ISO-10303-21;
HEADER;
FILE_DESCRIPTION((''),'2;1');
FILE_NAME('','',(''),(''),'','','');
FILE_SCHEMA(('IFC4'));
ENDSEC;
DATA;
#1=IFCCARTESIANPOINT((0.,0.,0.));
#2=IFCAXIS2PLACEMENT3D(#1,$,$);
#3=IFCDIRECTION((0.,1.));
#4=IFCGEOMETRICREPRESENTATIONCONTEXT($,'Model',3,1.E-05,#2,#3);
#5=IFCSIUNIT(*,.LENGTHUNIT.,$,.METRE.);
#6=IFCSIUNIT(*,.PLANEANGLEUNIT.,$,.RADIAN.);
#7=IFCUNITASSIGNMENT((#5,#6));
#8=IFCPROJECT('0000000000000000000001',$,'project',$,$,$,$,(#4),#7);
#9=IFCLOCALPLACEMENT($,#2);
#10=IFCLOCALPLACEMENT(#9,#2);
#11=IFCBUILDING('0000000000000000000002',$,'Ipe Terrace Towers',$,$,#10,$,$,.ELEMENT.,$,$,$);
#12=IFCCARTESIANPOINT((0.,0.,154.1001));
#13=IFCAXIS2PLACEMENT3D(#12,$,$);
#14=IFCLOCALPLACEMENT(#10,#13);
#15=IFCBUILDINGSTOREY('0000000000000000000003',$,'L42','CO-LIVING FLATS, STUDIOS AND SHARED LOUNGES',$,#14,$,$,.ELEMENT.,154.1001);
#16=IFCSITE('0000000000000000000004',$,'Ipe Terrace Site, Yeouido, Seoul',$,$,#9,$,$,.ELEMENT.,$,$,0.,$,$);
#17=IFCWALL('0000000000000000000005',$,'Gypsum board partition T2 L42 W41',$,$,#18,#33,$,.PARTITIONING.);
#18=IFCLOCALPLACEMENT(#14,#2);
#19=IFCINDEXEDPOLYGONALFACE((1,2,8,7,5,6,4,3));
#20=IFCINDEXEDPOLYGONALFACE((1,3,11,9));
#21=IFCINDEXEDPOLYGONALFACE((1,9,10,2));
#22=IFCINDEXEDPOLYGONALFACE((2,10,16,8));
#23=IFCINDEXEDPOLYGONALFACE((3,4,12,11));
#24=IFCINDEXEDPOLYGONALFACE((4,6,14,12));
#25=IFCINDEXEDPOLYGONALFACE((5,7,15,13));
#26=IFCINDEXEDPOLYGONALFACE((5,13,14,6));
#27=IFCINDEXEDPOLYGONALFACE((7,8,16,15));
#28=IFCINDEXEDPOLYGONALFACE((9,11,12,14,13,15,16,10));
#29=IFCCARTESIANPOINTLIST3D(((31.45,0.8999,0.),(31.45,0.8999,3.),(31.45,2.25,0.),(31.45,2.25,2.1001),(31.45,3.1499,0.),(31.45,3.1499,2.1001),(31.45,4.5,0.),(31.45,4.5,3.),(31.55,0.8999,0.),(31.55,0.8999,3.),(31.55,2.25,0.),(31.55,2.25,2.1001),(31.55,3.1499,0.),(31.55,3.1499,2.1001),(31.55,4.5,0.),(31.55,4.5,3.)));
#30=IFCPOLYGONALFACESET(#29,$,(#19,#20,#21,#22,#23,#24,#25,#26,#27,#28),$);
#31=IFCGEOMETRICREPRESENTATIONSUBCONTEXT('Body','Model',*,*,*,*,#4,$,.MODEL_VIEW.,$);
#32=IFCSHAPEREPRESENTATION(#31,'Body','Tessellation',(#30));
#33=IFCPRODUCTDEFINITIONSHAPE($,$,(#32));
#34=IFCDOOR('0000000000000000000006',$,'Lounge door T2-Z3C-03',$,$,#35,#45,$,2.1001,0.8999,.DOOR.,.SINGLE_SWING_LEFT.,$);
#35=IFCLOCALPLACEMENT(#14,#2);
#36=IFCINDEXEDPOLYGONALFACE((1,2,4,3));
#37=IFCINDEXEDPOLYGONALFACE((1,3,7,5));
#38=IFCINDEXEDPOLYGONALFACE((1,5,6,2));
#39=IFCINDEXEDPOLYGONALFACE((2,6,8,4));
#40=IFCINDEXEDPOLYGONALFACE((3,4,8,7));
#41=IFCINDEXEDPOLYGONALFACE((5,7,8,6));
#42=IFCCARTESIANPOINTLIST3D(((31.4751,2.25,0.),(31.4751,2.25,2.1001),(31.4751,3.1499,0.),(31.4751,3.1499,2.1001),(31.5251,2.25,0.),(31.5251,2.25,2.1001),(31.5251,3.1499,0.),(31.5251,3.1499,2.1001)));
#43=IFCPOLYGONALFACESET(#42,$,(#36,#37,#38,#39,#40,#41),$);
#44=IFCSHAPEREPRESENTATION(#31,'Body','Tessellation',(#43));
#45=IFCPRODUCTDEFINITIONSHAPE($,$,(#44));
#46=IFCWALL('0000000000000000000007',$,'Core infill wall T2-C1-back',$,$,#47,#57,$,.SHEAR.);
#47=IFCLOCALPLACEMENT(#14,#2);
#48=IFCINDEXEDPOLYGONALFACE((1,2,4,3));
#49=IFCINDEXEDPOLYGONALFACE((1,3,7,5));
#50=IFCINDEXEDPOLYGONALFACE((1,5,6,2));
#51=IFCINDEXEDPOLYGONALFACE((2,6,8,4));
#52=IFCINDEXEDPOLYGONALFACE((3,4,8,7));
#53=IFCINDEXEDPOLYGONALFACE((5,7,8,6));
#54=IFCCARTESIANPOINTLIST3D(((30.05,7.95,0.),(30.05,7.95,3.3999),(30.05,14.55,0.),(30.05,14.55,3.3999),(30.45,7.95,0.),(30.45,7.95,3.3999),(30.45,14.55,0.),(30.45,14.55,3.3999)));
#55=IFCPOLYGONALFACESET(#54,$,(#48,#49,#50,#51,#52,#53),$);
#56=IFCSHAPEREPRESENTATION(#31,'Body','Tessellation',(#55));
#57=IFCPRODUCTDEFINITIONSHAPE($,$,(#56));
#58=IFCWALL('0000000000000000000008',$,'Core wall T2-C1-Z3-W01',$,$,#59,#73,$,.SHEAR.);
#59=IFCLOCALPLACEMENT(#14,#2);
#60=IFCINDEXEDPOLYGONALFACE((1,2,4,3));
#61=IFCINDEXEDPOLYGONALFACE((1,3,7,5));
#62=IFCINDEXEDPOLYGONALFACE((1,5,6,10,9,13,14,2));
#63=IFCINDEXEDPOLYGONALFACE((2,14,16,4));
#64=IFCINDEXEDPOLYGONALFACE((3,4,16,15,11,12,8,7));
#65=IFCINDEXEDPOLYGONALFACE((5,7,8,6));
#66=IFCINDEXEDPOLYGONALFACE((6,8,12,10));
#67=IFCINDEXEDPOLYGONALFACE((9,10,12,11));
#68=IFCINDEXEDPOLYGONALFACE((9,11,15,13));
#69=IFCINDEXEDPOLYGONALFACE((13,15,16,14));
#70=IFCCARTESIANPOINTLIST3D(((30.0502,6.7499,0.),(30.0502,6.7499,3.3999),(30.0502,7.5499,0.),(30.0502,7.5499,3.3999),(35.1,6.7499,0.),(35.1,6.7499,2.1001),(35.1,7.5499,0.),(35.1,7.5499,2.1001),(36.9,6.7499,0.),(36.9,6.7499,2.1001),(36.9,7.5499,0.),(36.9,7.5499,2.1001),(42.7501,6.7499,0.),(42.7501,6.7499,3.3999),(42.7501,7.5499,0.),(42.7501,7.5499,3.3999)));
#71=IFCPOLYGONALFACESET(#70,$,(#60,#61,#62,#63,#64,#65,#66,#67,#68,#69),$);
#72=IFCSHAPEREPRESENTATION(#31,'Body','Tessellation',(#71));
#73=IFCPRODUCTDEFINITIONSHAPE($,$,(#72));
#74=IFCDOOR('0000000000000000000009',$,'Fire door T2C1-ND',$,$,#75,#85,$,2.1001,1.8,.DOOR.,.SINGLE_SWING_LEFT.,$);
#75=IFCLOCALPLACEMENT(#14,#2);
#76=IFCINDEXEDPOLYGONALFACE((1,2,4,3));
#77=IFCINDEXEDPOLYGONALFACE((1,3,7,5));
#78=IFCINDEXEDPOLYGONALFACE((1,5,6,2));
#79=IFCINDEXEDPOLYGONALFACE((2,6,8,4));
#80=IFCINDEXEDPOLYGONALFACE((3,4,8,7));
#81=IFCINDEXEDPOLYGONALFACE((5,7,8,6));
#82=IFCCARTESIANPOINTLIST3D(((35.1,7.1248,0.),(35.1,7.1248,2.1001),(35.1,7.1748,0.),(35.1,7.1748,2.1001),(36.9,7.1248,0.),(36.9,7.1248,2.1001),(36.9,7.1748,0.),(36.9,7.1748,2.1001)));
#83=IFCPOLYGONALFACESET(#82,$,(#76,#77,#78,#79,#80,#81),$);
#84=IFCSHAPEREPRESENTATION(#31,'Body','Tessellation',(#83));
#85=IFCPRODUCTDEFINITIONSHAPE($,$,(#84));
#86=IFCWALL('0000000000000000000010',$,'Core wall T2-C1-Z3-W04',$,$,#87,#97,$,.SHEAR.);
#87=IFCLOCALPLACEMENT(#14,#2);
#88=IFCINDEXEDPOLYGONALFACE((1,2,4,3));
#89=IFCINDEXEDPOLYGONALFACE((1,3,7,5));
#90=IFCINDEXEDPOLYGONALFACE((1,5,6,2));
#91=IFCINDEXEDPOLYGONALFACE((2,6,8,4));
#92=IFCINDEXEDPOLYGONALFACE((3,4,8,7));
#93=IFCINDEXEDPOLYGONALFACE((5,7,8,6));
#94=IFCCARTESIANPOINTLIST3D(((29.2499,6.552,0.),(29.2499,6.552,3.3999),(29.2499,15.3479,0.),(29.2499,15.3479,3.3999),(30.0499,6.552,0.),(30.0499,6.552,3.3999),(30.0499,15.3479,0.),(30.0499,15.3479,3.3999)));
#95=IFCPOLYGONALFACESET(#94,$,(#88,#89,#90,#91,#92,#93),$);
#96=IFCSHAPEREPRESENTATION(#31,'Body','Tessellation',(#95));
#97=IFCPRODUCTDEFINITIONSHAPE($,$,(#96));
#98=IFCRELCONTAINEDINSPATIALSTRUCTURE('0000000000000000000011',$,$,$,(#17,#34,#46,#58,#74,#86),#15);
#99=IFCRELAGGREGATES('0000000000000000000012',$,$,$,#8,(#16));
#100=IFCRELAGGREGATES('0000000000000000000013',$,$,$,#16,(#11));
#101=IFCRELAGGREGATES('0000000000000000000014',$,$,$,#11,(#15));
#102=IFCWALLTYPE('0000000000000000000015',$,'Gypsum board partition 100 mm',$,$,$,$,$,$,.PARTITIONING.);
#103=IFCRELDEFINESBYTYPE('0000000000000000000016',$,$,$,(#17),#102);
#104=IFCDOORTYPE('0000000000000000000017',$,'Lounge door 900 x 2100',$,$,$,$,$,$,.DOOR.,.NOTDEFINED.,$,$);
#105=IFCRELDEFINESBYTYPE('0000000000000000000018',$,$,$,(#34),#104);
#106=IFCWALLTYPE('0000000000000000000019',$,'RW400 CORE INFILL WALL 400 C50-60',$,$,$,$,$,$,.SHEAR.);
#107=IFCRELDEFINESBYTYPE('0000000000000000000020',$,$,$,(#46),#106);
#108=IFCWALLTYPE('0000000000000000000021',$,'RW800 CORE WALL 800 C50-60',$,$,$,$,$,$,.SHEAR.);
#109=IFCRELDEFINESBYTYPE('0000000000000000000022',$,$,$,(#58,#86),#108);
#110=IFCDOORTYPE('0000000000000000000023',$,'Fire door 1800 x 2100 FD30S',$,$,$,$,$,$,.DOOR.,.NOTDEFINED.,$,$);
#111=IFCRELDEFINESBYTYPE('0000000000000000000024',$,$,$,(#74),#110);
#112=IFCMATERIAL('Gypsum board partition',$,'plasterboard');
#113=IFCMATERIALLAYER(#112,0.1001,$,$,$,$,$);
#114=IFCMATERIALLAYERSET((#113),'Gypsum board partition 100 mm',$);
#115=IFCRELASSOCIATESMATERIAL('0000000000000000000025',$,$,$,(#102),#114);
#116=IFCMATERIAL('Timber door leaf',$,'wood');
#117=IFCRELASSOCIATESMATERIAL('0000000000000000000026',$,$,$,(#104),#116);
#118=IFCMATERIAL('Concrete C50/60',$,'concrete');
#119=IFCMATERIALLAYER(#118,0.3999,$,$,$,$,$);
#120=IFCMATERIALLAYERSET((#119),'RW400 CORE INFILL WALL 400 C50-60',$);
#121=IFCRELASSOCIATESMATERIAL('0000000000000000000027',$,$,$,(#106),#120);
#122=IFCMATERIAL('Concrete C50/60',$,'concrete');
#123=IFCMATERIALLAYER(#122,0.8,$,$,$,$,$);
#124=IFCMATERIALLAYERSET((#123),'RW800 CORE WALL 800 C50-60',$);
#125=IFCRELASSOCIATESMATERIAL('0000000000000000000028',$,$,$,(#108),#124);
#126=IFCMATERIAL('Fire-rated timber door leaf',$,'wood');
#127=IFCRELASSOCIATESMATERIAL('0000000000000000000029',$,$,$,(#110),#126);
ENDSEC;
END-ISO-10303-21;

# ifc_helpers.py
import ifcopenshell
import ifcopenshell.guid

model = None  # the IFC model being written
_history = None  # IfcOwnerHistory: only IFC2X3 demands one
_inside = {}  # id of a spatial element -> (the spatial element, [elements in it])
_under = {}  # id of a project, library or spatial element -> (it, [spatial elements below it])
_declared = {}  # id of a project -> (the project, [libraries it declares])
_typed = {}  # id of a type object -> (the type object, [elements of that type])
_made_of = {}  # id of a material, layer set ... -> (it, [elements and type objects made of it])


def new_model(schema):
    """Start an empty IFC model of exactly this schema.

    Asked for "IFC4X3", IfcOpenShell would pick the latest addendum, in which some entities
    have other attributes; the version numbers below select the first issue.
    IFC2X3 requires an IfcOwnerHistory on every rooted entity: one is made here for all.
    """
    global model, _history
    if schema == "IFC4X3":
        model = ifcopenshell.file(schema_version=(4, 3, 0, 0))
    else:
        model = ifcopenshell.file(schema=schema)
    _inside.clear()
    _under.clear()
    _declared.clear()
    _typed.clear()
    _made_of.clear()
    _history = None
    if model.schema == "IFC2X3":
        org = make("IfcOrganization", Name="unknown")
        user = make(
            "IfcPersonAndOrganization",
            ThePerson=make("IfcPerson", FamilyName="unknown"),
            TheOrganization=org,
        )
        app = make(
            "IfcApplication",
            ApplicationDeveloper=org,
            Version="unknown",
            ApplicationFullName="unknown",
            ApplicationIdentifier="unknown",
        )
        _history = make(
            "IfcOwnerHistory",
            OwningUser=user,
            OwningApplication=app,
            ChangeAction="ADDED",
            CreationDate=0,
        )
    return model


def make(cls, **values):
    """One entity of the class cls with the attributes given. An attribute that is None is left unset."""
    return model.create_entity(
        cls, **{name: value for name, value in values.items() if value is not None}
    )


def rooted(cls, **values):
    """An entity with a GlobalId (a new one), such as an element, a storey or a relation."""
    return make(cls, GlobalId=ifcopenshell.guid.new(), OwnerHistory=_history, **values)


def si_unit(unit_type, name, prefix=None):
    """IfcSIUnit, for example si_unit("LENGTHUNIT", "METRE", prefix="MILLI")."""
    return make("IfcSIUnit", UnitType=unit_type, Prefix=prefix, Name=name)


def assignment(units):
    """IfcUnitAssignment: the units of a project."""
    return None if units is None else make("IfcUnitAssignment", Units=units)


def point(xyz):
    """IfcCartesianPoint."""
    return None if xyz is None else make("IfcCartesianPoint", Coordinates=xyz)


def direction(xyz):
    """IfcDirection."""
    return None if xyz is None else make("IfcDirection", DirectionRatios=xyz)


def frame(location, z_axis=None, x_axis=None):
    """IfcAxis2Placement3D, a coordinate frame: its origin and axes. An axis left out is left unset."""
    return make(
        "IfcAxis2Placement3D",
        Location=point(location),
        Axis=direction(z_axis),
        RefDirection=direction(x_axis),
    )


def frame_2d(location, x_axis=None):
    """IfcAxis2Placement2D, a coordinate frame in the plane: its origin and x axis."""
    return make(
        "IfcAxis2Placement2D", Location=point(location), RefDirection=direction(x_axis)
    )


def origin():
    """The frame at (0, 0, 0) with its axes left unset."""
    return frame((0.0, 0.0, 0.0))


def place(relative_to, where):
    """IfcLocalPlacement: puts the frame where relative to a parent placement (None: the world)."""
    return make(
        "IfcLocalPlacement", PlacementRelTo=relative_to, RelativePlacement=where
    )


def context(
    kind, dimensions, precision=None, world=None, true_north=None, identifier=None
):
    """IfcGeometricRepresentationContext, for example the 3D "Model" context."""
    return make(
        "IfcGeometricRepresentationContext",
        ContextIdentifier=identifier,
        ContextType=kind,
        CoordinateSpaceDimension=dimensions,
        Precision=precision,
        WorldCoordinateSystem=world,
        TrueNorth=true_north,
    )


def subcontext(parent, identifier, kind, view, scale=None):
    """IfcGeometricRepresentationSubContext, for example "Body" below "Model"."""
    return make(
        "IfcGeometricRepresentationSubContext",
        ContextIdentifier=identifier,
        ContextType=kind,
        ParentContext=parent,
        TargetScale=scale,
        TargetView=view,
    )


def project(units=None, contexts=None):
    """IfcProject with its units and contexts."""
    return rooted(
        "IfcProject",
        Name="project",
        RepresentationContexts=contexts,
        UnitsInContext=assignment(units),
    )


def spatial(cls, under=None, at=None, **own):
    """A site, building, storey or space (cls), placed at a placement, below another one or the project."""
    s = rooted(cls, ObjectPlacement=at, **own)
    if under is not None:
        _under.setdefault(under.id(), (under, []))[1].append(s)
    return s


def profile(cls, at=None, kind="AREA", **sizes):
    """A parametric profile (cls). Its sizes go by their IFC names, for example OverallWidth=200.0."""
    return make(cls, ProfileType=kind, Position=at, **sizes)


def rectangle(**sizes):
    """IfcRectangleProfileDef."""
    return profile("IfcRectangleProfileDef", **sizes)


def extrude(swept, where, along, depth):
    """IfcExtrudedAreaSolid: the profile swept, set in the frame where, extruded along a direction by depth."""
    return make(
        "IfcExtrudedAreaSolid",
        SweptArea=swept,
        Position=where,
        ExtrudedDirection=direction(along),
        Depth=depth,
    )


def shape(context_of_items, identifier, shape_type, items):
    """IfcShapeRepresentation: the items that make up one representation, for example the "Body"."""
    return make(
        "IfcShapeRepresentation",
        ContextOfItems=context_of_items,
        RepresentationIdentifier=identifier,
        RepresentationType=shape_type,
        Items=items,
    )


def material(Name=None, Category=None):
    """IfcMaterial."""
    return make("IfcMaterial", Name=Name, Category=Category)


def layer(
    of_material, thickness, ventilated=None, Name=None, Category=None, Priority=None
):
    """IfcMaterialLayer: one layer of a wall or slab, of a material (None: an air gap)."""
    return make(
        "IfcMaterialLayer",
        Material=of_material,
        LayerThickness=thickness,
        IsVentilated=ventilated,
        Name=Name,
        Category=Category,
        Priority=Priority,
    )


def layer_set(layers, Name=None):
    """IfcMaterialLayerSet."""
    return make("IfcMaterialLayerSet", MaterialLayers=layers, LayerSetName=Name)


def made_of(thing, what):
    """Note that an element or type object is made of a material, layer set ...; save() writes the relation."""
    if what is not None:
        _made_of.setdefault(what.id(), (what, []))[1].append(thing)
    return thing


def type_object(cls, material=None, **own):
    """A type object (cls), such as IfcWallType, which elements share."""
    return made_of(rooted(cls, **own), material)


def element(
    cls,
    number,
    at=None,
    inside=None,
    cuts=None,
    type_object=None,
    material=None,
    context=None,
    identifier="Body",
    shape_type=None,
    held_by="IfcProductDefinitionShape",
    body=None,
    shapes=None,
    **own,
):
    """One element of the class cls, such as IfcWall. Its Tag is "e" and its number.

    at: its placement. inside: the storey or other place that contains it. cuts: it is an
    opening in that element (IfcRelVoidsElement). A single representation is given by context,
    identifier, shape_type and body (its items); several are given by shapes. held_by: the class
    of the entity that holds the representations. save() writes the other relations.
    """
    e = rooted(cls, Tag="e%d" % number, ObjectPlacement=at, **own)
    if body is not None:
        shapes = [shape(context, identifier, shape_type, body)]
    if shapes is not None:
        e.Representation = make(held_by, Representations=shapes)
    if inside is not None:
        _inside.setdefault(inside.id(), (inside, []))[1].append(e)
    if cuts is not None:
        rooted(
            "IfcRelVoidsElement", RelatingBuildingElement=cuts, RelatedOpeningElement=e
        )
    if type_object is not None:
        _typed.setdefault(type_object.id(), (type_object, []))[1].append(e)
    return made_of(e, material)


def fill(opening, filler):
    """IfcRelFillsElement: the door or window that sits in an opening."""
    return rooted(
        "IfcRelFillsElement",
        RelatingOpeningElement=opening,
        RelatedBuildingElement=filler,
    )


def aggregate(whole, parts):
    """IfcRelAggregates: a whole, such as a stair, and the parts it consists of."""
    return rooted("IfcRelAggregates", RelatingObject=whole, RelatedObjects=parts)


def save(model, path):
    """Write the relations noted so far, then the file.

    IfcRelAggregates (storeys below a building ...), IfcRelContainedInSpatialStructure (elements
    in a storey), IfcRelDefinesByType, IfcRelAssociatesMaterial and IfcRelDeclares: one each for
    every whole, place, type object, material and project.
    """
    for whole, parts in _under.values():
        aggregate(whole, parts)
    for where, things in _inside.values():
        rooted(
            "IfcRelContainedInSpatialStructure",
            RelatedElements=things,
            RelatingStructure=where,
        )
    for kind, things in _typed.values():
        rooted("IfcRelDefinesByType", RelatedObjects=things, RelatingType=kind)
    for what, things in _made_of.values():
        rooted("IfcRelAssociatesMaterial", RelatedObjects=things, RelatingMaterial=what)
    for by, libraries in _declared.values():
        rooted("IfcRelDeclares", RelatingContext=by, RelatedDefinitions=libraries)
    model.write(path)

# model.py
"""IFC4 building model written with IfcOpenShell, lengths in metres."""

from ifc_helpers import new_model, si_unit, direction, frame, frame_2d, origin, place, context, subcontext, project, spatial, rectangle, extrude, material, layer, layer_set, type_object, element, fill, save


model = new_model("IFC4")

# Units and contexts
model_context = context("Model", 3, precision=1e-05, world=origin(), true_north=direction((0.0, 1.0)))
body_context = subcontext(model_context, "Body", "Model", "MODEL_VIEW")
ifc_project = project(units=[si_unit("LENGTHUNIT", "METRE"), si_unit("PLANEANGLEUNIT", "RADIAN")], contexts=[model_context])

# Site, building, storey
site_placement = place(None, origin())
site = spatial("IfcSite", under=ifc_project, at=site_placement, Name="Ipe Terrace Site, Yeouido, Seoul", CompositionType="ELEMENT", RefElevation=0.0)
building_placement = place(site_placement, origin())
building = spatial("IfcBuilding", under=site, at=building_placement, Name="Ipe Terrace Towers", CompositionType="ELEMENT")
storey_placement = place(building_placement, frame((0.0, 0.0, 154.1001)))
storey = spatial("IfcBuildingStorey", under=building, at=storey_placement, Name="L42", Description="CO-LIVING FLATS, STUDIOS AND SHARED LOUNGES", CompositionType="ELEMENT", Elevation=154.1001)

# Shared definitions
ifc_material_1 = material(Name="Gypsum board partition", Category="plasterboard")
ifc_layer_1 = layer(ifc_material_1, 0.1001)
ifc_layer_set_1 = layer_set([ifc_layer_1], Name="Gypsum board partition 100 mm")
wall_type_1 = type_object("IfcWallType", Name="Gypsum board partition 100 mm", PredefinedType="PARTITIONING", material=ifc_layer_set_1)
ifc_material_2 = material(Name="Timber door leaf", Category="wood")
door_type_1 = type_object("IfcDoorType", Name="Lounge door 900 x 2100", OperationType="NOTDEFINED", PredefinedType="DOOR", material=ifc_material_2)

# Wall, opening, door
wall_1_placement = place(storey_placement, frame((31.5, 0.8999, 0.0), z_axis=(0.0, 0.0, 1.0), x_axis=(0.0, 1.0, 0.0)))
wall_1 = element("IfcWall", 1, at=wall_1_placement, inside=storey, type_object=wall_type_1, Name="Gypsum board partition T2 L42 W41", PredefinedType="PARTITIONING", context=body_context, shape_type="SweptSolid", body=[
    extrude(rectangle(XDim=3.6001, YDim=0.1001, at=frame_2d((1.8, 0.0))), origin(), (0.0, 0.0, 1.0), 3.0),
])
opening_1_placement = place(wall_1_placement, frame((1.3501, 0.0, 0.0)))
opening_1 = element("IfcOpeningElement", 2, at=opening_1_placement, cuts=wall_1, PredefinedType="OPENING", context=body_context, shape_type="SweptSolid", body=[
    extrude(rectangle(XDim=0.8999, YDim=2.1001, at=frame_2d((0.45, 1.05))), frame((0.0, 0.0601, 0.0), z_axis=(0.0, -1.0, 0.0), x_axis=(1.0, 0.0, 0.0)), (0.0, 0.0, 1.0), 0.1201),
])
door_1_placement = place(opening_1_placement, origin())
door_1 = element("IfcDoor", 3, at=door_1_placement, inside=storey, type_object=door_type_1, Name="Lounge door T2-Z3C-03", OperationType="SINGLE_SWING_LEFT", OverallHeight=2.1001, OverallWidth=0.8999, PredefinedType="DOOR", context=body_context, shape_type="SweptSolid", body=[
    extrude(rectangle(XDim=0.8999, YDim=2.1001, at=frame_2d((0.45, 1.05))), frame((0.0, 0.0249, 0.0), z_axis=(0.0, -1.0, 0.0), x_axis=(1.0, 0.0, 0.0)), (0.0, 0.0, 1.0), 0.05),
])
fill(opening_1, door_1)

# Wall
ifc_material_3 = material(Name="Concrete C50/60", Category="concrete")
ifc_layer_2 = layer(ifc_material_3, 0.3999)
ifc_layer_set_2 = layer_set([ifc_layer_2], Name="RW400 CORE INFILL WALL 400 C50-60")
wall_type_2 = type_object("IfcWallType", Name="RW400 CORE INFILL WALL 400 C50-60", PredefinedType="SHEAR", material=ifc_layer_set_2)
wall_2_placement = place(storey_placement, frame((30.25, 7.95, 0.0), z_axis=(0.0, 0.0, 1.0), x_axis=(0.0, 1.0, 0.0)))
element("IfcWall", 4, at=wall_2_placement, inside=storey, type_object=wall_type_2, Name="Core infill wall T2-C1-back", PredefinedType="SHEAR", context=body_context, shape_type="SweptSolid", body=[
    extrude(rectangle(XDim=6.6001, YDim=0.3999, at=frame_2d((3.3, 0.0))), origin(), (0.0, 0.0, 1.0), 3.3999),
])

# Wall, opening, door
ifc_material_4 = material(Name="Concrete C50/60", Category="concrete")
ifc_layer_3 = layer(ifc_material_4, 0.8)
ifc_layer_set_3 = layer_set([ifc_layer_3], Name="RW800 CORE WALL 800 C50-60")
wall_type_3 = type_object("IfcWallType", Name="RW800 CORE WALL 800 C50-60", PredefinedType="SHEAR", material=ifc_layer_set_3)
wall_3_placement = place(storey_placement, frame((30.05, 7.1499, 0.0), z_axis=(0.0, 0.0, 1.0), x_axis=(1.0, 0.0, 0.0)))
wall_3 = element("IfcWall", 5, at=wall_3_placement, inside=storey, type_object=wall_type_3, Name="Core wall T2-C1-Z3-W01", PredefinedType="SHEAR", context=body_context, shape_type="SweptSolid", body=[
    extrude(rectangle(XDim=12.7, YDim=0.8, at=frame_2d((6.3501, 0.0))), origin(), (0.0, 0.0, 1.0), 3.3999),
])
opening_2_placement = place(wall_3_placement, frame((5.05, 0.0, 0.0)))
opening_2 = element("IfcOpeningElement", 6, at=opening_2_placement, cuts=wall_3, PredefinedType="OPENING", context=body_context, shape_type="SweptSolid", body=[
    extrude(rectangle(XDim=1.8, YDim=2.1001, at=frame_2d((0.8999, 1.05))), frame((0.0, 0.4102, 0.0), z_axis=(0.0, -1.0, 0.0), x_axis=(1.0, 0.0, 0.0)), (0.0, 0.0, 1.0), 0.8201),
])
ifc_material_5 = material(Name="Fire-rated timber door leaf", Category="wood")
door_type_2 = type_object("IfcDoorType", Name="Fire door 1800 x 2100 FD30S", OperationType="NOTDEFINED", PredefinedType="DOOR", material=ifc_material_5)
door_2_placement = place(opening_2_placement, origin())
door_2 = element("IfcDoor", 7, at=door_2_placement, inside=storey, type_object=door_type_2, Name="Fire door T2C1-ND", OperationType="SINGLE_SWING_LEFT", OverallHeight=2.1001, OverallWidth=1.8, PredefinedType="DOOR", context=body_context, shape_type="SweptSolid", body=[
    extrude(rectangle(XDim=1.8, YDim=2.1001, at=frame_2d((0.8999, 1.05))), frame((0.0, 0.0249, 0.0), z_axis=(0.0, -1.0, 0.0), x_axis=(1.0, 0.0, 0.0)), (0.0, 0.0, 1.0), 0.05),
])
fill(opening_2, door_2)

# Wall
wall_4_placement = place(storey_placement, frame((29.6499, 15.3479, 0.0), z_axis=(0.0, 0.0, 1.0), x_axis=(0.0, -1.0, 0.0)))
element("IfcWall", 8, at=wall_4_placement, inside=storey, type_object=wall_type_3, Name="Core wall T2-C1-Z3-W04", PredefinedType="SHEAR", context=body_context, shape_type="SweptSolid", body=[
    extrude(rectangle(XDim=8.7959, YDim=0.8, at=frame_2d((4.3979, 0.0))), origin(), (0.0, 0.0, 1.0), 3.3999),
])

save(model, "model.ifc")
